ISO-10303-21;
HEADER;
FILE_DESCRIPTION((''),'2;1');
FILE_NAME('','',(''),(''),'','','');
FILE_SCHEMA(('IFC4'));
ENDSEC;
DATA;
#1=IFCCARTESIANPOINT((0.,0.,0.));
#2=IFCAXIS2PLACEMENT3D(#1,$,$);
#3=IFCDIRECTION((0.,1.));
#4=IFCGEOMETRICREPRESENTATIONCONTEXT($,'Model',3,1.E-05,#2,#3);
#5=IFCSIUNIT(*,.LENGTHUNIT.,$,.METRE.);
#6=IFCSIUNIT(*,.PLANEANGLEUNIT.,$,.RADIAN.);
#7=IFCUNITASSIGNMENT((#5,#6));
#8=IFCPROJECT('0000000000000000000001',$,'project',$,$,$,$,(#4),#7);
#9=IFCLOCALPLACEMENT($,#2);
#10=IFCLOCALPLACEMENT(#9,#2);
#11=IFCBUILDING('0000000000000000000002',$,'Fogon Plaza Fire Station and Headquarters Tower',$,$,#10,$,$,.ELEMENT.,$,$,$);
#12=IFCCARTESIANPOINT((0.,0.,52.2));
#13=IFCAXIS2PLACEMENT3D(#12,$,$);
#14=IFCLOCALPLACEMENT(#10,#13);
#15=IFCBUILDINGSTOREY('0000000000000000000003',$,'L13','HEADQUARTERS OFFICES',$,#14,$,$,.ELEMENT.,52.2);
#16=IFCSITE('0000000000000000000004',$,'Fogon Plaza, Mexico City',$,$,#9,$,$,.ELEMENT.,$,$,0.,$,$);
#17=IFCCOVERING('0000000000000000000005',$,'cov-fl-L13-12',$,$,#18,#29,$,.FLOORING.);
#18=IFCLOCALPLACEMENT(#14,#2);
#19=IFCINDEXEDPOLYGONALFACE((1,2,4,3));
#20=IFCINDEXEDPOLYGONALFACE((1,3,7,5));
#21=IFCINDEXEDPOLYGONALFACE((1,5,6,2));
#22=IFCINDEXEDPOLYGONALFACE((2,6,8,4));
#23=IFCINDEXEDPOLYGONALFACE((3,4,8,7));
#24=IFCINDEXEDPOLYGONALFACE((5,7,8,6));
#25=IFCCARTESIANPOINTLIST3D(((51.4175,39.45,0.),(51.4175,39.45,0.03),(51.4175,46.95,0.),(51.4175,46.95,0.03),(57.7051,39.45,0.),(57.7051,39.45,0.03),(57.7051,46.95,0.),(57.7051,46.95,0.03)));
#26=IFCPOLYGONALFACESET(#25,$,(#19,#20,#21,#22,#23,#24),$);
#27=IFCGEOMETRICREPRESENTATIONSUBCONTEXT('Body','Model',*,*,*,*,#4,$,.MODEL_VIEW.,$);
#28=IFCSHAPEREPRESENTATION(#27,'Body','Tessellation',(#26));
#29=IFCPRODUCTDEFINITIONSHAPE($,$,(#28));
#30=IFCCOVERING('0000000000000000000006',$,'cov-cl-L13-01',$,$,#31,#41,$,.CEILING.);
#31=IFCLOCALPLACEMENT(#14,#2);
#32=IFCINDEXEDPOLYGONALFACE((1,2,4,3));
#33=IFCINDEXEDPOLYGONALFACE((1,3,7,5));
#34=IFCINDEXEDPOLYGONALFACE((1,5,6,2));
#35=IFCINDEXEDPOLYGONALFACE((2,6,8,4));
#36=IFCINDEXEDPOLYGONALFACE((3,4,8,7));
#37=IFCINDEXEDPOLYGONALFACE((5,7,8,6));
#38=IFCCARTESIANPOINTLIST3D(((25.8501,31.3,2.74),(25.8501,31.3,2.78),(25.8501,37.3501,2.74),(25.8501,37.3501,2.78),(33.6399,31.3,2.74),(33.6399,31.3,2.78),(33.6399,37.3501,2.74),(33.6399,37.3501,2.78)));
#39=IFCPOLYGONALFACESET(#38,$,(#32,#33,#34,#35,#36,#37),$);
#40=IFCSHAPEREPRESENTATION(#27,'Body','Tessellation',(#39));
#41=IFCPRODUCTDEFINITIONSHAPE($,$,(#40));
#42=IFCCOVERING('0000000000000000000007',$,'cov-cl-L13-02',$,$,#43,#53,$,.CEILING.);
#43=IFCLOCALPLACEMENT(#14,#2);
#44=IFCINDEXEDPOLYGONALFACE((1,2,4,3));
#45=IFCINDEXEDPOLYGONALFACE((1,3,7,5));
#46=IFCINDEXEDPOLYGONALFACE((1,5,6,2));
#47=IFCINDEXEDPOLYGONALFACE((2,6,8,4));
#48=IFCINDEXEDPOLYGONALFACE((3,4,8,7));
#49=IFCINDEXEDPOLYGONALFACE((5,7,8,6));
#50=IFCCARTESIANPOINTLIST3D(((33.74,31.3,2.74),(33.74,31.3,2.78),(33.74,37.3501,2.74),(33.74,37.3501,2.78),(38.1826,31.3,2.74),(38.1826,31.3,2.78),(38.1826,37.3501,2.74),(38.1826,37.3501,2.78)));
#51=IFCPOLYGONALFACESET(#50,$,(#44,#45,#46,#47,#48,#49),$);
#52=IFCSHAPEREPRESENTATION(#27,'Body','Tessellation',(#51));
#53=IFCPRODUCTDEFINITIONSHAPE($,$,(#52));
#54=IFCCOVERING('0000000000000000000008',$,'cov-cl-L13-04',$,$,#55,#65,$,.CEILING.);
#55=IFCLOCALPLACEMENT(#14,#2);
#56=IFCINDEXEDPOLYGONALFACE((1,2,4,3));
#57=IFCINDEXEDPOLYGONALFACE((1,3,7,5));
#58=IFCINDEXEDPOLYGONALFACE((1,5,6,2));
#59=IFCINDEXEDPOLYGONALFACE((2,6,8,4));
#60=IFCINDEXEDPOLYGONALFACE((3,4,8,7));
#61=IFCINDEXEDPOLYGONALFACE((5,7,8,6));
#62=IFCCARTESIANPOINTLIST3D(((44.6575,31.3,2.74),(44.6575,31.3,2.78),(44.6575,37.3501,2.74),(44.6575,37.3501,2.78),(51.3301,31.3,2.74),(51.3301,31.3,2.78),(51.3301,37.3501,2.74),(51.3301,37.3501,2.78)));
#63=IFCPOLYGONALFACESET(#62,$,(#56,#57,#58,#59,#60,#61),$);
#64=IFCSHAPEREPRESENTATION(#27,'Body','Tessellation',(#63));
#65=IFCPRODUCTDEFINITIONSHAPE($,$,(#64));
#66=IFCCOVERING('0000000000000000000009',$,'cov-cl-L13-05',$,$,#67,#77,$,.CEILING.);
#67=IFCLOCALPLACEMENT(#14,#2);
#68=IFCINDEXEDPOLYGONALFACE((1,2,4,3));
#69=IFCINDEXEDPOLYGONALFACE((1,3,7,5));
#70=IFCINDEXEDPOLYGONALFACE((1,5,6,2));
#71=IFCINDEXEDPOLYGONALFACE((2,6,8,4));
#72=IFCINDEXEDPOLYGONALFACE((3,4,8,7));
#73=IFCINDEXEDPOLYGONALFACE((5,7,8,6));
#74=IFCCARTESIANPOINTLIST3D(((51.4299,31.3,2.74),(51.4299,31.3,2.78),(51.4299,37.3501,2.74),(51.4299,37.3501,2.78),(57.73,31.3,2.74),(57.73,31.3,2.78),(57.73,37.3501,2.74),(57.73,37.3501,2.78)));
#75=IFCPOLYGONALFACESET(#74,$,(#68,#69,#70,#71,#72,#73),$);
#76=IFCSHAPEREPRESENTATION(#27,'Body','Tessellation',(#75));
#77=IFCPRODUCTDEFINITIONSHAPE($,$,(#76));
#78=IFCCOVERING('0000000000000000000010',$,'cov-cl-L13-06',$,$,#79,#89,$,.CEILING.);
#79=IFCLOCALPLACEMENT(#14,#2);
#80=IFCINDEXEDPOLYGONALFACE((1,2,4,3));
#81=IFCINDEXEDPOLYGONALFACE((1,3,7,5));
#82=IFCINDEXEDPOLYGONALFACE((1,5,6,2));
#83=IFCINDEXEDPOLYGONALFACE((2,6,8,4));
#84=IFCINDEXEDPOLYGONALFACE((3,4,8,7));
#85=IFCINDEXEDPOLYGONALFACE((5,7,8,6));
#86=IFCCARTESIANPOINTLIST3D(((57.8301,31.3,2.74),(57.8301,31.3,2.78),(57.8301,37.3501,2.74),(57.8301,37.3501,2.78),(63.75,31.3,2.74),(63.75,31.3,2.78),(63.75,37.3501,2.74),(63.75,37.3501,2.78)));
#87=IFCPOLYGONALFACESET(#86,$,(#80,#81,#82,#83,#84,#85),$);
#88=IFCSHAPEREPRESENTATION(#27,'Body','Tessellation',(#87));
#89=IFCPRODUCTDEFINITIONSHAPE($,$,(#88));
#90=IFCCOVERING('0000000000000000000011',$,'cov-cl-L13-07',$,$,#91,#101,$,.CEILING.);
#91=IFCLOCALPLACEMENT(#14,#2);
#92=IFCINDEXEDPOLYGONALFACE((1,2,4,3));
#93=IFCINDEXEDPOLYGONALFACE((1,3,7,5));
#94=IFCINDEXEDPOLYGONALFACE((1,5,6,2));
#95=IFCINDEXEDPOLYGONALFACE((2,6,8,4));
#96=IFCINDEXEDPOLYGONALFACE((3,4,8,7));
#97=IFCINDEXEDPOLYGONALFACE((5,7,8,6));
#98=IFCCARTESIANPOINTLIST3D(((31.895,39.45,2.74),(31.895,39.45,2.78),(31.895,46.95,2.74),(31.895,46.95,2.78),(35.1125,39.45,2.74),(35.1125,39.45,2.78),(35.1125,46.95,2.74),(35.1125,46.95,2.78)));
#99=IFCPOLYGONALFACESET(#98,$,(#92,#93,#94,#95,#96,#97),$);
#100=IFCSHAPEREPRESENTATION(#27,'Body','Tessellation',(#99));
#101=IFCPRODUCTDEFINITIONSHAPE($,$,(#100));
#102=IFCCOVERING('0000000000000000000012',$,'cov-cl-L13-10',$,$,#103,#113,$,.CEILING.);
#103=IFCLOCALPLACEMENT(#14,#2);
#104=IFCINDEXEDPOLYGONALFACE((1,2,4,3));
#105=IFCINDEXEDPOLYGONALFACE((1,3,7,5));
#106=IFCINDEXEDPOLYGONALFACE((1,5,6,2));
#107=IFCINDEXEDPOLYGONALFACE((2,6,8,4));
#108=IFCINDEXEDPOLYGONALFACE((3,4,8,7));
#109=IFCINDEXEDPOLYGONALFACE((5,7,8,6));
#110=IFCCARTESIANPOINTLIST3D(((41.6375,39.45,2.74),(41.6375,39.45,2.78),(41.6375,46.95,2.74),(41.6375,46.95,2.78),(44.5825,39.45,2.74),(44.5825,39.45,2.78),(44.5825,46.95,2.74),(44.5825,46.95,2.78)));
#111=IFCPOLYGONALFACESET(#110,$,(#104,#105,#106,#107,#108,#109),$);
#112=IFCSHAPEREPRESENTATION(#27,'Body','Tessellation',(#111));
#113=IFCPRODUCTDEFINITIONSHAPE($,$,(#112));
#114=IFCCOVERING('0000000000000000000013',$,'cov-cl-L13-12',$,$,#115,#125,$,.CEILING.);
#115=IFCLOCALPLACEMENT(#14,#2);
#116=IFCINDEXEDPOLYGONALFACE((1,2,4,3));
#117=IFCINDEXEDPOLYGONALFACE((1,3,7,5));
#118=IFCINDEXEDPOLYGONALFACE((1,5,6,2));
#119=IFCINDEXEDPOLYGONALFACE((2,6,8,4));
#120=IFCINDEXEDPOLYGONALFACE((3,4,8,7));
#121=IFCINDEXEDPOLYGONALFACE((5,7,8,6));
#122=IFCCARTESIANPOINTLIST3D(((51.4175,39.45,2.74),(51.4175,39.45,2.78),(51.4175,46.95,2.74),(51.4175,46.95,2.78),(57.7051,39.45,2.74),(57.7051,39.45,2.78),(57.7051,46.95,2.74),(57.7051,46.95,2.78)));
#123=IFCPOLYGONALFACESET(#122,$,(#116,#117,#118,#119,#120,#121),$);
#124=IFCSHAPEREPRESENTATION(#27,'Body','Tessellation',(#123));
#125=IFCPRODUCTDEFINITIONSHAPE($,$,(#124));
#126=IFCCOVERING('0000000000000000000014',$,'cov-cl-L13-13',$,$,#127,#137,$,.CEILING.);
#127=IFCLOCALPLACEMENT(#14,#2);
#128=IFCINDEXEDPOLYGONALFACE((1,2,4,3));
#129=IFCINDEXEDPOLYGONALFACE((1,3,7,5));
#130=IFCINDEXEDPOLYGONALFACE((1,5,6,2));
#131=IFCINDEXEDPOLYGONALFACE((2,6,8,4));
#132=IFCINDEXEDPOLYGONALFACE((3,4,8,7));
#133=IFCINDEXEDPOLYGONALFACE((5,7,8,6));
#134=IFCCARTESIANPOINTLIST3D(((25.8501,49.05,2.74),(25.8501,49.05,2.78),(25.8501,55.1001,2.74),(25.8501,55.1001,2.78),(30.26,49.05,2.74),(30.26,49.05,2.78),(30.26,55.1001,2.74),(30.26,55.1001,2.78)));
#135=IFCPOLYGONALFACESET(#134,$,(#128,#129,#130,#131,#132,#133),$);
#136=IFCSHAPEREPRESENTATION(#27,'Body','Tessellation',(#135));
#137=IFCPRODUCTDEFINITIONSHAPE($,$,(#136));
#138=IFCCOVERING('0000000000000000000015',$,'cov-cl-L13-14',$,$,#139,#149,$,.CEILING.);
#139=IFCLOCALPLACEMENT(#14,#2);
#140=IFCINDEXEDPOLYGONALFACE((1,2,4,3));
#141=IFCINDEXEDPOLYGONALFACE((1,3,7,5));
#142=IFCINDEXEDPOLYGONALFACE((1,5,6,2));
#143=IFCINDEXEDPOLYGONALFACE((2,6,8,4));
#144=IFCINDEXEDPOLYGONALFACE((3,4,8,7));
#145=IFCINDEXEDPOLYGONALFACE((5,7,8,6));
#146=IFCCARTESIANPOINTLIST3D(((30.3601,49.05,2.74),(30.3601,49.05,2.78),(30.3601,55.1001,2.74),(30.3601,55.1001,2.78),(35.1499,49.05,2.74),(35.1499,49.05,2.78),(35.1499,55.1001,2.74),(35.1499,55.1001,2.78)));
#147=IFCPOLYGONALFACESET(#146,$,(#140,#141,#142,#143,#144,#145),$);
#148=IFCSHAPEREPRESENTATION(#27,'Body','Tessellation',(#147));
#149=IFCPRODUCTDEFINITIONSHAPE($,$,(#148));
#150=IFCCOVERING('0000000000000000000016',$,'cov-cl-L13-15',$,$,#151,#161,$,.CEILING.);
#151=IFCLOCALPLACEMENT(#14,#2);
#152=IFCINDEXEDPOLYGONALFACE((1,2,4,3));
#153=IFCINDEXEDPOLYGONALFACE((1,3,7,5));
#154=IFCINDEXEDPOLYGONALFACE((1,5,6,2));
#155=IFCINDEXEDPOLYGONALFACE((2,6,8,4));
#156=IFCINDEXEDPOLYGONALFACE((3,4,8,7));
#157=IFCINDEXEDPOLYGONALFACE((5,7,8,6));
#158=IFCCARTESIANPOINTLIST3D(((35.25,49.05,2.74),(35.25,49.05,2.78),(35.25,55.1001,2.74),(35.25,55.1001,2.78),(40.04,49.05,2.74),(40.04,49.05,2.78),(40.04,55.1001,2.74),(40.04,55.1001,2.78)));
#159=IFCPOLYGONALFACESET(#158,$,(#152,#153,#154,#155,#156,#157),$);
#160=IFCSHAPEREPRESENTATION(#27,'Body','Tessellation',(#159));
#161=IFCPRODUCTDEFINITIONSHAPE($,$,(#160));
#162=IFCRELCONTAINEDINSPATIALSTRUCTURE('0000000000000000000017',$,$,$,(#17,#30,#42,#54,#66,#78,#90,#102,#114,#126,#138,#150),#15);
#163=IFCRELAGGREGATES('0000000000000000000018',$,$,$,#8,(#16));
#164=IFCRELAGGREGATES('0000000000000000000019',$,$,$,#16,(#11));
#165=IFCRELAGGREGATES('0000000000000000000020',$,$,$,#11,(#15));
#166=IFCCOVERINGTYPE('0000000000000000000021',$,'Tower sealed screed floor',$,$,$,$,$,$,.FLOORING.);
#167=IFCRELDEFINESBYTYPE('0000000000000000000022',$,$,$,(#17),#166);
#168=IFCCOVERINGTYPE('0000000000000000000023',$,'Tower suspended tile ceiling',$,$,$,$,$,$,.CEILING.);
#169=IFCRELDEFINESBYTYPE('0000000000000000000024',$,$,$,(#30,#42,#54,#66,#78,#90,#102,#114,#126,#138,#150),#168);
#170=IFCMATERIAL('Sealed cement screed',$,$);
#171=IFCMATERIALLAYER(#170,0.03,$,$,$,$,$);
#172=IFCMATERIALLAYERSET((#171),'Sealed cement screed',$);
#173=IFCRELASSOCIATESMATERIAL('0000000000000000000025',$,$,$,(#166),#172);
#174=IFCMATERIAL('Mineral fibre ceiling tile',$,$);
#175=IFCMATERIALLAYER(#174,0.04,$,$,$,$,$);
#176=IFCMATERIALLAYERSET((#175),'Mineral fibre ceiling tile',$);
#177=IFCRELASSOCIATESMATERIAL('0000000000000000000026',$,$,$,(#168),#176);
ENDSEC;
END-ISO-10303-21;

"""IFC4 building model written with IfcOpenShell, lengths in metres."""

from ifc_helpers import new_model, si_unit, direction, frame, origin, place, context, subcontext, project, spatial, polyline, outline, extrude, material, layer, layer_set, type_object, element, save


model = new_model("IFC4")

# Units and contexts
model_context = context("Model", 3, precision=1e-05, world=origin(), true_north=direction((0.0, 1.0)))
body_context = subcontext(model_context, "Body", "Model", "MODEL_VIEW")
ifc_project = project(units=[si_unit("LENGTHUNIT", "METRE"), si_unit("PLANEANGLEUNIT", "RADIAN")], contexts=[model_context])

# Site, building, storey
site_placement = place(None, origin())
site = spatial("IfcSite", under=ifc_project, at=site_placement, Name="Fogon Plaza, Mexico City", CompositionType="ELEMENT", RefElevation=0.0)
building_placement = place(site_placement, origin())
building = spatial("IfcBuilding", under=site, at=building_placement, Name="Fogon Plaza Fire Station and Headquarters Tower", CompositionType="ELEMENT")
storey_placement = place(building_placement, frame((0.0, 0.0, 52.2)))
storey = spatial("IfcBuildingStorey", under=building, at=storey_placement, Name="L13", Description="HEADQUARTERS OFFICES", CompositionType="ELEMENT", Elevation=52.2)

# Coverings
ifc_material_1 = material(Name="Sealed cement screed")
ifc_layer_1 = layer(ifc_material_1, 0.03)
ifc_layer_set_1 = layer_set([ifc_layer_1], Name="Sealed cement screed")
covering_type_1 = type_object("IfcCoveringType", Name="Tower sealed screed floor", PredefinedType="FLOORING", material=ifc_layer_set_1)
covering_1_placement = place(storey_placement, origin())
element("IfcCovering", 1, at=covering_1_placement, inside=storey, type_object=covering_type_1, Name="cov-fl-L13-12", PredefinedType="FLOORING", context=body_context, shape_type="SweptSolid", body=[
    extrude(outline(polyline([(57.7051, 39.45), (57.7051, 46.95), (51.4175, 46.95), (51.4175, 39.45), (57.7051, 39.45)])), origin(), (0.0, 0.0, 1.0), 0.03),
])
ifc_material_2 = material(Name="Mineral fibre ceiling tile")
ifc_layer_2 = layer(ifc_material_2, 0.04)
ifc_layer_set_2 = layer_set([ifc_layer_2], Name="Mineral fibre ceiling tile")
covering_type_2 = type_object("IfcCoveringType", Name="Tower suspended tile ceiling", PredefinedType="CEILING", material=ifc_layer_set_2)
covering_2_placement = place(storey_placement, frame((0.0, 0.0, 2.74)))
element("IfcCovering", 2, at=covering_2_placement, inside=storey, type_object=covering_type_2, Name="cov-cl-L13-01", PredefinedType="CEILING", context=body_context, shape_type="SweptSolid", body=[
    extrude(outline(polyline([(33.6399, 31.3), (33.6399, 37.3501), (25.8501, 37.3501), (25.8501, 31.3), (33.6399, 31.3)])), origin(), (0.0, 0.0, 1.0), 0.04),
])
covering_3_placement = place(storey_placement, frame((0.0, 0.0, 2.74)))
element("IfcCovering", 3, at=covering_3_placement, inside=storey, type_object=covering_type_2, Name="cov-cl-L13-02", PredefinedType="CEILING", context=body_context, shape_type="SweptSolid", body=[
    extrude(outline(polyline([(38.1826, 31.3), (38.1826, 37.3501), (33.74, 37.3501), (33.74, 31.3), (38.1826, 31.3)])), origin(), (0.0, 0.0, 1.0), 0.04),
])
covering_4_placement = place(storey_placement, frame((0.0, 0.0, 2.74)))
element("IfcCovering", 4, at=covering_4_placement, inside=storey, type_object=covering_type_2, Name="cov-cl-L13-04", PredefinedType="CEILING", context=body_context, shape_type="SweptSolid", body=[
    extrude(outline(polyline([(51.3301, 31.3), (51.3301, 37.3501), (44.6575, 37.3501), (44.6575, 31.3), (51.3301, 31.3)])), origin(), (0.0, 0.0, 1.0), 0.04),
])
covering_5_placement = place(storey_placement, frame((0.0, 0.0, 2.74)))
element("IfcCovering", 5, at=covering_5_placement, inside=storey, type_object=covering_type_2, Name="cov-cl-L13-05", PredefinedType="CEILING", context=body_context, shape_type="SweptSolid", body=[
    extrude(outline(polyline([(57.73, 31.3), (57.73, 37.3501), (51.4299, 37.3501), (51.4299, 31.3), (57.73, 31.3)])), origin(), (0.0, 0.0, 1.0), 0.04),
])
covering_6_placement = place(storey_placement, frame((0.0, 0.0, 2.74)))
element("IfcCovering", 6, at=covering_6_placement, inside=storey, type_object=covering_type_2, Name="cov-cl-L13-06", PredefinedType="CEILING", context=body_context, shape_type="SweptSolid", body=[
    extrude(outline(polyline([(63.75, 31.3), (63.75, 37.3501), (57.8301, 37.3501), (57.8301, 31.3), (63.75, 31.3)])), origin(), (0.0, 0.0, 1.0), 0.04),
])
covering_7_placement = place(storey_placement, frame((0.0, 0.0, 2.74)))
element("IfcCovering", 7, at=covering_7_placement, inside=storey, type_object=covering_type_2, Name="cov-cl-L13-07", PredefinedType="CEILING", context=body_context, shape_type="SweptSolid", body=[
    extrude(outline(polyline([(35.1125, 39.45), (35.1125, 46.95), (31.895, 46.95), (31.895, 39.45), (35.1125, 39.45)])), origin(), (0.0, 0.0, 1.0), 0.04),
])
covering_8_placement = place(storey_placement, frame((0.0, 0.0, 2.74)))
element("IfcCovering", 8, at=covering_8_placement, inside=storey, type_object=covering_type_2, Name="cov-cl-L13-10", PredefinedType="CEILING", context=body_context, shape_type="SweptSolid", body=[
    extrude(outline(polyline([(44.5825, 39.45), (44.5825, 46.95), (41.6375, 46.95), (41.6375, 39.45), (44.5825, 39.45)])), origin(), (0.0, 0.0, 1.0), 0.04),
])
covering_9_placement = place(storey_placement, frame((0.0, 0.0, 2.74)))
element("IfcCovering", 9, at=covering_9_placement, inside=storey, type_object=covering_type_2, Name="cov-cl-L13-12", PredefinedType="CEILING", context=body_context, shape_type="SweptSolid", body=[
    extrude(outline(polyline([(57.7051, 39.45), (57.7051, 46.95), (51.4175, 46.95), (51.4175, 39.45), (57.7051, 39.45)])), origin(), (0.0, 0.0, 1.0), 0.04),
])
covering_10_placement = place(storey_placement, frame((0.0, 0.0, 2.74)))
element("IfcCovering", 10, at=covering_10_placement, inside=storey, type_object=covering_type_2, Name="cov-cl-L13-13", PredefinedType="CEILING", context=body_context, shape_type="SweptSolid", body=[
    extrude(outline(polyline([(30.26, 49.05), (30.26, 55.1001), (25.8501, 55.1001), (25.8501, 49.05), (30.26, 49.05)])), origin(), (0.0, 0.0, 1.0), 0.04),
])
covering_11_placement = place(storey_placement, frame((0.0, 0.0, 2.74)))
element("IfcCovering", 11, at=covering_11_placement, inside=storey, type_object=covering_type_2, Name="cov-cl-L13-14", PredefinedType="CEILING", context=body_context, shape_type="SweptSolid", body=[
    extrude(outline(polyline([(35.1499, 49.05), (35.1499, 55.1001), (30.3601, 55.1001), (30.3601, 49.05), (35.1499, 49.05)])), origin(), (0.0, 0.0, 1.0), 0.04),
])
covering_12_placement = place(storey_placement, frame((0.0, 0.0, 2.74)))
element("IfcCovering", 12, at=covering_12_placement, inside=storey, type_object=covering_type_2, Name="cov-cl-L13-15", PredefinedType="CEILING", context=body_context, shape_type="SweptSolid", body=[
    extrude(outline(polyline([(40.04, 49.05), (40.04, 55.1001), (35.25, 55.1001), (35.25, 49.05), (40.04, 49.05)])), origin(), (0.0, 0.0, 1.0), 0.04),
])

save(model, "model.ifc")
